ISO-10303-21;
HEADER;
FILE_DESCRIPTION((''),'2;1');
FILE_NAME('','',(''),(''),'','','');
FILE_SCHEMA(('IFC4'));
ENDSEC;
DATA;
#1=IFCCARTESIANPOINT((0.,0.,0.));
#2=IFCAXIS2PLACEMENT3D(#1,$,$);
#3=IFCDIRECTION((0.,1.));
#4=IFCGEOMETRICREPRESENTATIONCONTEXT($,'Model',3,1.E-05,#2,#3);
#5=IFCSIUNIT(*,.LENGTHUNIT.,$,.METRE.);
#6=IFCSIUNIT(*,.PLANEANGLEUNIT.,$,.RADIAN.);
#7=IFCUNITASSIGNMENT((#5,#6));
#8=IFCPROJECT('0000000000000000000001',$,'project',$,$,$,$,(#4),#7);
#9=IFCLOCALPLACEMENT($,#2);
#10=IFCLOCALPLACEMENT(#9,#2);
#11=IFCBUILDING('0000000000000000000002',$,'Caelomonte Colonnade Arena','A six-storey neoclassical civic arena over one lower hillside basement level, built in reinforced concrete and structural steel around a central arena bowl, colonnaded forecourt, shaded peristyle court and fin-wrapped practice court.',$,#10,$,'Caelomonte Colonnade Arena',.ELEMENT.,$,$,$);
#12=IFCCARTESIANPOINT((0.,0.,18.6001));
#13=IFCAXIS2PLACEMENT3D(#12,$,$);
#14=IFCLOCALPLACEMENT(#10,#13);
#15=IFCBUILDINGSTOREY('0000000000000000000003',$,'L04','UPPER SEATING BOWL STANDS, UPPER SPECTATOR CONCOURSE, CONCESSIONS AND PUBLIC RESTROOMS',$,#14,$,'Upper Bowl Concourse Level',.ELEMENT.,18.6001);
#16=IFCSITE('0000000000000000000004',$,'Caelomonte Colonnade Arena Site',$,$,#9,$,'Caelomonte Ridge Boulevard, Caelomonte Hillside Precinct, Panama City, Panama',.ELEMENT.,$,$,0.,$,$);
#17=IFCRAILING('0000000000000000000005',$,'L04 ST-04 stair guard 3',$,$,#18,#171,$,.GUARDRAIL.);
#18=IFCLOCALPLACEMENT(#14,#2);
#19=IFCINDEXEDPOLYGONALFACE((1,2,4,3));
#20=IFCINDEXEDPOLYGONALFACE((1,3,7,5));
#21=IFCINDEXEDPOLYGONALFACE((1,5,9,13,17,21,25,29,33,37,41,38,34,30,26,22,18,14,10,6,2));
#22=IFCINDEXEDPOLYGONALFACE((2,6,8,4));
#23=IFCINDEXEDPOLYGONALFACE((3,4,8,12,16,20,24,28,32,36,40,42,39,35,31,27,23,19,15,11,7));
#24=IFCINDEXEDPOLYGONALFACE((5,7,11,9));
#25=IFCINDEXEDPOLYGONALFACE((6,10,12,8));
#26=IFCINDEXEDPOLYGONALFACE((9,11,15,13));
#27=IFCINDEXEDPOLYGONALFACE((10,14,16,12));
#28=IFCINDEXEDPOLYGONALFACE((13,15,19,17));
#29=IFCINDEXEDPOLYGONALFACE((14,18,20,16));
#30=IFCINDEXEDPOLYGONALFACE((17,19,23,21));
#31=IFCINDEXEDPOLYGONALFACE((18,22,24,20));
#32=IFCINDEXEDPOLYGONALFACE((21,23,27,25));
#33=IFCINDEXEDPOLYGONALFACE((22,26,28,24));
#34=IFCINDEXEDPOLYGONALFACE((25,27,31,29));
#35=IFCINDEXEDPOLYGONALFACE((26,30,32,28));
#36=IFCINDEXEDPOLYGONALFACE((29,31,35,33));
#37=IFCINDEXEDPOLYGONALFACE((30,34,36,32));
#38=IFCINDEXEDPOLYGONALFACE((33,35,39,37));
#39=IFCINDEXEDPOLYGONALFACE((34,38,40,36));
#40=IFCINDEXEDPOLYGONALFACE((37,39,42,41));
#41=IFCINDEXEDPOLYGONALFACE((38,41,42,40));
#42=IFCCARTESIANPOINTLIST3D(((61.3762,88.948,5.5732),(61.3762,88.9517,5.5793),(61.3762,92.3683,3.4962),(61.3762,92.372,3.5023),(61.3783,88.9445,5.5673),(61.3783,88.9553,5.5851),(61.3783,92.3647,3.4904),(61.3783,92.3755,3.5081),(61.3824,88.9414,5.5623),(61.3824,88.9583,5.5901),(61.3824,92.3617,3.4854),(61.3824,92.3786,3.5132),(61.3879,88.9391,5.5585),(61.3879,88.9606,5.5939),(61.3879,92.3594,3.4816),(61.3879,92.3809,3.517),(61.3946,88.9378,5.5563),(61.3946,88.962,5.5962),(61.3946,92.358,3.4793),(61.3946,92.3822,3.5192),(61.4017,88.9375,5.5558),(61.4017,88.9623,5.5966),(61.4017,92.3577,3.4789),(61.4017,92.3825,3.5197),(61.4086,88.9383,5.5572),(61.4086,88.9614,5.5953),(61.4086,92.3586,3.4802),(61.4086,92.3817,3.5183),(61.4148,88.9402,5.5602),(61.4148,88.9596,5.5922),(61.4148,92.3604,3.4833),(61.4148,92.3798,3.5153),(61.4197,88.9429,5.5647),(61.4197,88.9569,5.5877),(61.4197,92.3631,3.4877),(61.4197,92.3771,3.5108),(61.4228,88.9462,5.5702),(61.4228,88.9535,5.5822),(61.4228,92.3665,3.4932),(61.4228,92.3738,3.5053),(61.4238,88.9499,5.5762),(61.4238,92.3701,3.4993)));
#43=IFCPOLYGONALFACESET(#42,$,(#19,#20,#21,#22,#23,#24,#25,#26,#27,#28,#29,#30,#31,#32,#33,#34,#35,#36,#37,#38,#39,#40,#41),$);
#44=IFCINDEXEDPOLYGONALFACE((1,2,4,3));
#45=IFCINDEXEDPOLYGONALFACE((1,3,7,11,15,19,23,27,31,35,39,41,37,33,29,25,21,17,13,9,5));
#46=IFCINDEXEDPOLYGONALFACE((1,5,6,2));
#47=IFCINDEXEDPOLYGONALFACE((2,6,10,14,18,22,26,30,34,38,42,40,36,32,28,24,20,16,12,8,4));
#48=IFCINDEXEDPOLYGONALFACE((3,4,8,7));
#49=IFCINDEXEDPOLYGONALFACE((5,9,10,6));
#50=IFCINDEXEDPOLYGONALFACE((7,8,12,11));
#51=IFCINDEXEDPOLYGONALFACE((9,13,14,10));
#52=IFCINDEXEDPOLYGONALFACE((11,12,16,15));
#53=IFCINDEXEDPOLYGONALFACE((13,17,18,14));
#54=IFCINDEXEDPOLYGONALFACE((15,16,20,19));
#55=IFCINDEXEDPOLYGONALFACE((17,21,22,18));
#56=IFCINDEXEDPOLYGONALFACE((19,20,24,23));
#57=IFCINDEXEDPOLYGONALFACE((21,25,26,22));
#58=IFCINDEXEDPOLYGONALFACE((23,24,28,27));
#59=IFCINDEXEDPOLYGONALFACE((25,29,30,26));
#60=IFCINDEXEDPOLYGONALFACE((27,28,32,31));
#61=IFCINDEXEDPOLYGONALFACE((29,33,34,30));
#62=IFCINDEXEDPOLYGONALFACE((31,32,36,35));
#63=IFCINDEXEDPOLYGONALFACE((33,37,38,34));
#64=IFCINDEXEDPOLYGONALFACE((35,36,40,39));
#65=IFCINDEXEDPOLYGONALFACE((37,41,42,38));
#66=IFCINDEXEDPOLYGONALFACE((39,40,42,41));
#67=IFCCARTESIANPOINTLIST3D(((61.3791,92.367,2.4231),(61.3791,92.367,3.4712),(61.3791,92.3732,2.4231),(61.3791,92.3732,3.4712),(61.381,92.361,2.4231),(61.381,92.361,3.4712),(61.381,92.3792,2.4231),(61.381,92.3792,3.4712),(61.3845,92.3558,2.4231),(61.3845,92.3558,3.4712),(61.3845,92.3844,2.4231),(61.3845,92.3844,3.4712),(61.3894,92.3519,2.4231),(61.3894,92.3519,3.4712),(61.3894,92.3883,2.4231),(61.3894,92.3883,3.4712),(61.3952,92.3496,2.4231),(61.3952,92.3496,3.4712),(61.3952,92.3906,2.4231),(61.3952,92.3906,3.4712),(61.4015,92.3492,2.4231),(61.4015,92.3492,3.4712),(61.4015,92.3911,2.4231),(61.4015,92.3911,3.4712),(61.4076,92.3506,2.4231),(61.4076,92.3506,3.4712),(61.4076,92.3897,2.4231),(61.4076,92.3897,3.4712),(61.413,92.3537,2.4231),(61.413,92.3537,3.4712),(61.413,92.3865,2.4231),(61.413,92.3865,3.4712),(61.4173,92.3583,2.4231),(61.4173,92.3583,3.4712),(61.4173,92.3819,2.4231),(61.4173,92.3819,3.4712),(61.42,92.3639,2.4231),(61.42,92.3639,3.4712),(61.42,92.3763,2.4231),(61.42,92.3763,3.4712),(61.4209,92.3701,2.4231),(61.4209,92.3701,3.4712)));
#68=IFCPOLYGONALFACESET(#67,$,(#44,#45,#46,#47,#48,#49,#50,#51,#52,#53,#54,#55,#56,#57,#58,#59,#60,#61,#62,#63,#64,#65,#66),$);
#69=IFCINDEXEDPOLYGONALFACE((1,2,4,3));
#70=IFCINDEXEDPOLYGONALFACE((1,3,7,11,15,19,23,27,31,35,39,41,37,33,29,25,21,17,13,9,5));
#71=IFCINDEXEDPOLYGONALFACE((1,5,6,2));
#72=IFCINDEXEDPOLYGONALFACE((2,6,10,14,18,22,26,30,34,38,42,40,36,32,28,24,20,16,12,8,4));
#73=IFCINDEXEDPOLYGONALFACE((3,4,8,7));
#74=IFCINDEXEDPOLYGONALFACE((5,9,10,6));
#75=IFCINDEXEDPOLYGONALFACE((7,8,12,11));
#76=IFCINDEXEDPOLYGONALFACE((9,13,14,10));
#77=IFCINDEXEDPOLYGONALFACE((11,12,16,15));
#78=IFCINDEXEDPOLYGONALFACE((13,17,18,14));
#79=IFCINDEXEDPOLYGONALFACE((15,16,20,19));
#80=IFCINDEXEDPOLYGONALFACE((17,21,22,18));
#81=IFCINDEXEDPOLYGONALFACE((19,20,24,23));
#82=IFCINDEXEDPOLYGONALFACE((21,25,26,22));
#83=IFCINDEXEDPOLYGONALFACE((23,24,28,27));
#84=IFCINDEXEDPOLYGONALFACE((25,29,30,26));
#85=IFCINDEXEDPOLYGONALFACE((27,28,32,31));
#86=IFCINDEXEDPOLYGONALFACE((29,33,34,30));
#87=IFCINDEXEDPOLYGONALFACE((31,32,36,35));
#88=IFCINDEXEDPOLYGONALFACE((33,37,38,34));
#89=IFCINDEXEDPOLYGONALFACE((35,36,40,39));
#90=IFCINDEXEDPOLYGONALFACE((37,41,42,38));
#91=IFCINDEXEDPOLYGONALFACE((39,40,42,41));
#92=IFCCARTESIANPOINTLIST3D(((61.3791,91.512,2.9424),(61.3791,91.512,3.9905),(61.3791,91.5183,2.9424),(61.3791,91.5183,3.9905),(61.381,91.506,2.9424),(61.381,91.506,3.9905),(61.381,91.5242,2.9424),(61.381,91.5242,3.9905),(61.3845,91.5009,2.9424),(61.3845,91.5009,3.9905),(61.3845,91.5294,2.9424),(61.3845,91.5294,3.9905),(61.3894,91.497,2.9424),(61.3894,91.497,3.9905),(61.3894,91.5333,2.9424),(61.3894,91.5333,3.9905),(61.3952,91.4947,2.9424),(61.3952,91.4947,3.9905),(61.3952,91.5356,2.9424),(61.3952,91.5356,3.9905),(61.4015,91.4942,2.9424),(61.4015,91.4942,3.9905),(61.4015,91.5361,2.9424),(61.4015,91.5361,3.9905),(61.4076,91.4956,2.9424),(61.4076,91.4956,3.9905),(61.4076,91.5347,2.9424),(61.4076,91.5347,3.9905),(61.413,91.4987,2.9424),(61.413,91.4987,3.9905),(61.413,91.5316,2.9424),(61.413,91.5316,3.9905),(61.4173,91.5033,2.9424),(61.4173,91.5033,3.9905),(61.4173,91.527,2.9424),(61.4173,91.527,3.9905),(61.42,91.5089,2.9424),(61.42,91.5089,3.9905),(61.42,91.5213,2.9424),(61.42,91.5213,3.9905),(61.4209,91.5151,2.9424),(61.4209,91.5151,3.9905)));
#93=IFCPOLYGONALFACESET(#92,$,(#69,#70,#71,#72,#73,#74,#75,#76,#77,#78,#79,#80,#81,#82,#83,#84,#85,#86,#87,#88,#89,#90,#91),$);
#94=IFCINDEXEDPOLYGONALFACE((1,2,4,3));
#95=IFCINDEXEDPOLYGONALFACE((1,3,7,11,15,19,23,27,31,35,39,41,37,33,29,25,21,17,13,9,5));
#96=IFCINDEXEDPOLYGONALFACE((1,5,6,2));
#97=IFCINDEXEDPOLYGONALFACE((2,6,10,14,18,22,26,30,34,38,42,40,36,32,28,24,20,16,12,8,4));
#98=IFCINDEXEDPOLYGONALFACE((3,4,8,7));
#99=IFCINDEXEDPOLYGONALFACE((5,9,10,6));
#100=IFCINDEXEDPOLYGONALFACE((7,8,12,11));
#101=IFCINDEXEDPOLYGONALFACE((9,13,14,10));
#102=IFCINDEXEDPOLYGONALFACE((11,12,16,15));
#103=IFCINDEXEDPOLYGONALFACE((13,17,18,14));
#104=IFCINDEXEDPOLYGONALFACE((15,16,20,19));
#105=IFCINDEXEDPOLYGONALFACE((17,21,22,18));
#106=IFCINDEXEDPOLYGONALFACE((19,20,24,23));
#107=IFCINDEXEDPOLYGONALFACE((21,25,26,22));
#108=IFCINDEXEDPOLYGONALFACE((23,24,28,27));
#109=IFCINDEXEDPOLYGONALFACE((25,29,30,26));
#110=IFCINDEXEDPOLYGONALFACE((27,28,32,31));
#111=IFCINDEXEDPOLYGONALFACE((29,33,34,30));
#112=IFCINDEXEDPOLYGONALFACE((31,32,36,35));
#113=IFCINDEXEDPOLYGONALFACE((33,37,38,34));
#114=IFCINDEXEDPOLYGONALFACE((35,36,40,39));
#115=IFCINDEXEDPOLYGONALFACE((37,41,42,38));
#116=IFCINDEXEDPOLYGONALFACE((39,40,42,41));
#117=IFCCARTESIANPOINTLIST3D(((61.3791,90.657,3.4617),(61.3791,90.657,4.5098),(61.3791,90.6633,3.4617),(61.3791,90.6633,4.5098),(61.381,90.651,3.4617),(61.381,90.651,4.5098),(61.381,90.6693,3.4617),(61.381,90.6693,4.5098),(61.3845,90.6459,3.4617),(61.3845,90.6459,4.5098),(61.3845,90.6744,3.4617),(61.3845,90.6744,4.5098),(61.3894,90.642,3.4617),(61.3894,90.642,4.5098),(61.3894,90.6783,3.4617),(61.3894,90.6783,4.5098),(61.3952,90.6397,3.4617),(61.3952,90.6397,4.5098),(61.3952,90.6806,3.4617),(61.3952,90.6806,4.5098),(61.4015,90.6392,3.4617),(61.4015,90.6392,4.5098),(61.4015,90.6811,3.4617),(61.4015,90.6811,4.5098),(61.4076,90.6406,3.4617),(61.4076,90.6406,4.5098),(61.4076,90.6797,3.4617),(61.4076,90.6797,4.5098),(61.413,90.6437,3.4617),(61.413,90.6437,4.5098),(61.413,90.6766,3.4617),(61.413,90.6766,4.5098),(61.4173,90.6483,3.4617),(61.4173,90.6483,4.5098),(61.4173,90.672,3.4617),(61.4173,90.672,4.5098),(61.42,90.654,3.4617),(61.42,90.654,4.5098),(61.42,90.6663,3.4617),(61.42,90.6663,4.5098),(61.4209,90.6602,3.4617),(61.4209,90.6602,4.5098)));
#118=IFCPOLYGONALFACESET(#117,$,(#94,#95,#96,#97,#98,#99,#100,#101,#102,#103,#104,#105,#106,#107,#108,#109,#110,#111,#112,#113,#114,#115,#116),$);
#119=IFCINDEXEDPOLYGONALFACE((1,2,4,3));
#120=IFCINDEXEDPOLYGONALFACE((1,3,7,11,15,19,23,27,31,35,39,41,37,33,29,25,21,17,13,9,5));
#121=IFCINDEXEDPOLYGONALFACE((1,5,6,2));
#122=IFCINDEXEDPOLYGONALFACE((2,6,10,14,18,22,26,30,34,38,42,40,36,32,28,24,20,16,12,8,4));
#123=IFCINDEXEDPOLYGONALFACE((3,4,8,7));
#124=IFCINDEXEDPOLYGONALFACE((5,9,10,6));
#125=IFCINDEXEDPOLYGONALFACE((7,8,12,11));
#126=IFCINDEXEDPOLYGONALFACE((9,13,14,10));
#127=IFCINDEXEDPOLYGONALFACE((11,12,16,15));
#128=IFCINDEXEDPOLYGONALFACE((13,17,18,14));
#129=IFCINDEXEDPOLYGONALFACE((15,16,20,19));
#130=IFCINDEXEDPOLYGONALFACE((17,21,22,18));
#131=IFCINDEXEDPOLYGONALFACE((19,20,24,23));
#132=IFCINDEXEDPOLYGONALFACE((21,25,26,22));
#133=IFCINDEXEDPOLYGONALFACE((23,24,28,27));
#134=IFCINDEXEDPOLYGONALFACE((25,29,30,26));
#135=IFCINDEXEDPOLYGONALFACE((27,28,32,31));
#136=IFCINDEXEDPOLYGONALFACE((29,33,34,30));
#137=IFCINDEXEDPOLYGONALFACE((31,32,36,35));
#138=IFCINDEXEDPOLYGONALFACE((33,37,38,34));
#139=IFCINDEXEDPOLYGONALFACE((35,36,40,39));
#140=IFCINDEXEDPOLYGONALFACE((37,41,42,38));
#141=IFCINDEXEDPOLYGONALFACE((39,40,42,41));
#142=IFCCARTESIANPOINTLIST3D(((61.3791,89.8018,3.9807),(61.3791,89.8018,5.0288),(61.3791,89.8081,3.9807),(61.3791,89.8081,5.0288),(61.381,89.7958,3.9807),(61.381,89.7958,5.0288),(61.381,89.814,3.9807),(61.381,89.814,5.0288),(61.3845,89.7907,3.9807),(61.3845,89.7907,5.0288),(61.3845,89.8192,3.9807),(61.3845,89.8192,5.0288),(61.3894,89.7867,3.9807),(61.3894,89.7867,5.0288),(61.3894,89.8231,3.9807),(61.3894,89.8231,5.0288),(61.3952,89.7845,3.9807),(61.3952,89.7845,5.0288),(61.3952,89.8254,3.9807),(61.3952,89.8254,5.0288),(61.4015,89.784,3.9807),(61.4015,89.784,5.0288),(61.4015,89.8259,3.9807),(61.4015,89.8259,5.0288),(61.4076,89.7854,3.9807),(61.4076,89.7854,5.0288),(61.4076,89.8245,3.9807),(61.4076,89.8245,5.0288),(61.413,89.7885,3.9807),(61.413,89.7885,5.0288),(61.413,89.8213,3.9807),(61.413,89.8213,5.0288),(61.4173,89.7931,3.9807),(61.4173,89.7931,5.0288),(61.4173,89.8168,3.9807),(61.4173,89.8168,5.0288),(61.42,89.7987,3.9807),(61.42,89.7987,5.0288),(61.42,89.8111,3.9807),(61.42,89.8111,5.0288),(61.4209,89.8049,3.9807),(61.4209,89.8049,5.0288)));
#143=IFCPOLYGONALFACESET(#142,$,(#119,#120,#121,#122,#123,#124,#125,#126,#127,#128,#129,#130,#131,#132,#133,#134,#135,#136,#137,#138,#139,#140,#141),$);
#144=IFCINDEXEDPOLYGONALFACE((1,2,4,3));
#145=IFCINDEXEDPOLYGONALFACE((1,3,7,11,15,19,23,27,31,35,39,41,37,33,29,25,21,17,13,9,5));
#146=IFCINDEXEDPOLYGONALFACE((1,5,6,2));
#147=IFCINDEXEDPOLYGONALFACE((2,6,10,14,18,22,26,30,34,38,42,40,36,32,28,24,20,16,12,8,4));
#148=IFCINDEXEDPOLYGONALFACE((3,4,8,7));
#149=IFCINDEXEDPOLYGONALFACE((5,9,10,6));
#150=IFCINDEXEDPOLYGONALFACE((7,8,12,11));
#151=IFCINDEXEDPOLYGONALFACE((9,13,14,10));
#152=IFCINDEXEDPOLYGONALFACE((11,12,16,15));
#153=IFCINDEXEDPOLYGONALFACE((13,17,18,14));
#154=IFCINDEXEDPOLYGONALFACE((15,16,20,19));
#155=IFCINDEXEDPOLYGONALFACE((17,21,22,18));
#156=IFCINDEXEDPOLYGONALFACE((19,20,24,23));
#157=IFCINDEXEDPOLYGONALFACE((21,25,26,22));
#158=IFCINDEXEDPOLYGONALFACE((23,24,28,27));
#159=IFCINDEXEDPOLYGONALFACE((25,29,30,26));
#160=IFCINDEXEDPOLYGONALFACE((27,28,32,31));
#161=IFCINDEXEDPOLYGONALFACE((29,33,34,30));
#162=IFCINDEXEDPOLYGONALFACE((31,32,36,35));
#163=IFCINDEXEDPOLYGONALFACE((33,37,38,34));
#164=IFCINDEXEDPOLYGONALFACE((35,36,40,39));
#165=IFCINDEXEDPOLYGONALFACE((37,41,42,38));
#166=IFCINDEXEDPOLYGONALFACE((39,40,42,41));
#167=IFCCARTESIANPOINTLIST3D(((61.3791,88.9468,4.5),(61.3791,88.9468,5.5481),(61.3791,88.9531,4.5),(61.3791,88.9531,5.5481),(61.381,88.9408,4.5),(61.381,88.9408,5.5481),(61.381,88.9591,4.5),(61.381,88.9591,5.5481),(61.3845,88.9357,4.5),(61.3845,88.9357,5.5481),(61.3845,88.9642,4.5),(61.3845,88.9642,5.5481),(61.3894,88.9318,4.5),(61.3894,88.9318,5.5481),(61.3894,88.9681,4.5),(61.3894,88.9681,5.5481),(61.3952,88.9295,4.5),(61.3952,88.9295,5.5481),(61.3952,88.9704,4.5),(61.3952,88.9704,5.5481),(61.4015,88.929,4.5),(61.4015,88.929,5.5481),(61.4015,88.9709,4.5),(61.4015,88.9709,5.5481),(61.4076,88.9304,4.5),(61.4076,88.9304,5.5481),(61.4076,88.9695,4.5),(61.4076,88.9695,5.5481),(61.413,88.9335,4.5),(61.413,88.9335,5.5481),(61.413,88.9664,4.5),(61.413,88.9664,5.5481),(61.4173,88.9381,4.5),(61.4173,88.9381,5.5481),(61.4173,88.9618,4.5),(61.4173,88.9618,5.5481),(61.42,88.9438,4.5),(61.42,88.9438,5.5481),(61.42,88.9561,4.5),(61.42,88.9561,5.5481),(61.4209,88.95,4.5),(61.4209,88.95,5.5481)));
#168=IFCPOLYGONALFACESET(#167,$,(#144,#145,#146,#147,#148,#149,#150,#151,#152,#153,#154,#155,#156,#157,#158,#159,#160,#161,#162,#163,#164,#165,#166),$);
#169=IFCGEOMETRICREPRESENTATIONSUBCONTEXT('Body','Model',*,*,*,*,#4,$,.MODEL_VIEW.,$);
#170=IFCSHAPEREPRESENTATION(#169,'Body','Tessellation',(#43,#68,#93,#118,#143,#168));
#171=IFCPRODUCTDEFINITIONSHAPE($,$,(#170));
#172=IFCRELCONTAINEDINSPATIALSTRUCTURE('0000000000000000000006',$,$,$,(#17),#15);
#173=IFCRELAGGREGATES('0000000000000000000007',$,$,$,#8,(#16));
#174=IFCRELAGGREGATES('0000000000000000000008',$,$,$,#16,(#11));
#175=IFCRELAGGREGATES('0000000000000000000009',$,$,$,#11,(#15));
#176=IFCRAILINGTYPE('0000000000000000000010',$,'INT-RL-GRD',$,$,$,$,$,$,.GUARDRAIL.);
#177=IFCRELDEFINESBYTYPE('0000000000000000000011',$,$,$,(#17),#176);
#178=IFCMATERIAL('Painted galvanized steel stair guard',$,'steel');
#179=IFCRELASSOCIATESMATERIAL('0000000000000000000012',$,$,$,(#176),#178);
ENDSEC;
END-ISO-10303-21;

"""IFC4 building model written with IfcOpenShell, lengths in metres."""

from ifc_helpers import new_model, si_unit, direction, frame, origin, origin_2d, place, context, subcontext, project, spatial, circle, extrude, material, type_object, element, save


model = new_model("IFC4")

# Units and contexts
model_context = context("Model", 3, precision=1e-05, world=origin(), true_north=direction((0.0, 1.0)))
body_context = subcontext(model_context, "Body", "Model", "MODEL_VIEW")
ifc_project = project(units=[si_unit("LENGTHUNIT", "METRE"), si_unit("PLANEANGLEUNIT", "RADIAN")], contexts=[model_context])

# Site, building, storey
site_placement = place(None, origin())
site = spatial("IfcSite", under=ifc_project, at=site_placement, Name="Caelomonte Colonnade Arena Site", LongName="Caelomonte Ridge Boulevard, Caelomonte Hillside Precinct, Panama City, Panama", CompositionType="ELEMENT", RefElevation=0.0)
building_placement = place(site_placement, origin())
building = spatial("IfcBuilding", under=site, at=building_placement, Name="Caelomonte Colonnade Arena", Description="A six-storey neoclassical civic arena over one lower hillside basement level, built in reinforced concrete and structural steel around a central arena bowl, colonnaded forecourt, shaded peristyle court and fin-wrapped practice court.", LongName="Caelomonte Colonnade Arena", CompositionType="ELEMENT")
storey_placement = place(building_placement, frame((0.0, 0.0, 18.6001)))
storey = spatial("IfcBuildingStorey", under=building, at=storey_placement, Name="L04", Description="UPPER SEATING BOWL STANDS, UPPER SPECTATOR CONCOURSE, CONCESSIONS AND PUBLIC RESTROOMS", LongName="Upper Bowl Concourse Level", CompositionType="ELEMENT", Elevation=18.6001)

# Railing
ifc_material_1 = material(Name="Painted galvanized steel stair guard", Category="steel")
railing_type_1 = type_object("IfcRailingType", Name="INT-RL-GRD", PredefinedType="GUARDRAIL", material=ifc_material_1)
railing_1_placement = place(storey_placement, frame((61.3999, 92.3701, 2.4231)))
element("IfcRailing", 1, at=railing_1_placement, inside=storey, type_object=railing_type_1, Name="L04 ST-04 stair guard 3", PredefinedType="GUARDRAIL", context=body_context, shape_type="SweptSolid", body=[
    extrude(circle(Radius=0.0239, at=origin_2d()), frame((0.0, 0.0, 1.0762), z_axis=(0.0, -0.854746, 0.519047), x_axis=(1.0, 0.0, 0.0)), (0.0, 0.0, 1.0), 4.0015),
    extrude(circle(Radius=0.021, at=origin_2d()), origin(), (0.0, 0.0, 1.0), 1.0481),
    extrude(circle(Radius=0.021, at=origin_2d()), frame((0.0, -0.855, 0.5193)), (0.0, 0.0, 1.0), 1.0481),
    extrude(circle(Radius=0.021, at=origin_2d()), frame((0.0, -1.71, 1.0386)), (0.0, 0.0, 1.0), 1.0481),
    extrude(circle(Radius=0.021, at=origin_2d()), frame((0.0, -2.5652, 1.5576)), (0.0, 0.0, 1.0), 1.0481),
    extrude(circle(Radius=0.021, at=origin_2d()), frame((0.0, -3.4202, 2.0769)), (0.0, 0.0, 1.0), 1.0481),
])

save(model, "model.ifc")
